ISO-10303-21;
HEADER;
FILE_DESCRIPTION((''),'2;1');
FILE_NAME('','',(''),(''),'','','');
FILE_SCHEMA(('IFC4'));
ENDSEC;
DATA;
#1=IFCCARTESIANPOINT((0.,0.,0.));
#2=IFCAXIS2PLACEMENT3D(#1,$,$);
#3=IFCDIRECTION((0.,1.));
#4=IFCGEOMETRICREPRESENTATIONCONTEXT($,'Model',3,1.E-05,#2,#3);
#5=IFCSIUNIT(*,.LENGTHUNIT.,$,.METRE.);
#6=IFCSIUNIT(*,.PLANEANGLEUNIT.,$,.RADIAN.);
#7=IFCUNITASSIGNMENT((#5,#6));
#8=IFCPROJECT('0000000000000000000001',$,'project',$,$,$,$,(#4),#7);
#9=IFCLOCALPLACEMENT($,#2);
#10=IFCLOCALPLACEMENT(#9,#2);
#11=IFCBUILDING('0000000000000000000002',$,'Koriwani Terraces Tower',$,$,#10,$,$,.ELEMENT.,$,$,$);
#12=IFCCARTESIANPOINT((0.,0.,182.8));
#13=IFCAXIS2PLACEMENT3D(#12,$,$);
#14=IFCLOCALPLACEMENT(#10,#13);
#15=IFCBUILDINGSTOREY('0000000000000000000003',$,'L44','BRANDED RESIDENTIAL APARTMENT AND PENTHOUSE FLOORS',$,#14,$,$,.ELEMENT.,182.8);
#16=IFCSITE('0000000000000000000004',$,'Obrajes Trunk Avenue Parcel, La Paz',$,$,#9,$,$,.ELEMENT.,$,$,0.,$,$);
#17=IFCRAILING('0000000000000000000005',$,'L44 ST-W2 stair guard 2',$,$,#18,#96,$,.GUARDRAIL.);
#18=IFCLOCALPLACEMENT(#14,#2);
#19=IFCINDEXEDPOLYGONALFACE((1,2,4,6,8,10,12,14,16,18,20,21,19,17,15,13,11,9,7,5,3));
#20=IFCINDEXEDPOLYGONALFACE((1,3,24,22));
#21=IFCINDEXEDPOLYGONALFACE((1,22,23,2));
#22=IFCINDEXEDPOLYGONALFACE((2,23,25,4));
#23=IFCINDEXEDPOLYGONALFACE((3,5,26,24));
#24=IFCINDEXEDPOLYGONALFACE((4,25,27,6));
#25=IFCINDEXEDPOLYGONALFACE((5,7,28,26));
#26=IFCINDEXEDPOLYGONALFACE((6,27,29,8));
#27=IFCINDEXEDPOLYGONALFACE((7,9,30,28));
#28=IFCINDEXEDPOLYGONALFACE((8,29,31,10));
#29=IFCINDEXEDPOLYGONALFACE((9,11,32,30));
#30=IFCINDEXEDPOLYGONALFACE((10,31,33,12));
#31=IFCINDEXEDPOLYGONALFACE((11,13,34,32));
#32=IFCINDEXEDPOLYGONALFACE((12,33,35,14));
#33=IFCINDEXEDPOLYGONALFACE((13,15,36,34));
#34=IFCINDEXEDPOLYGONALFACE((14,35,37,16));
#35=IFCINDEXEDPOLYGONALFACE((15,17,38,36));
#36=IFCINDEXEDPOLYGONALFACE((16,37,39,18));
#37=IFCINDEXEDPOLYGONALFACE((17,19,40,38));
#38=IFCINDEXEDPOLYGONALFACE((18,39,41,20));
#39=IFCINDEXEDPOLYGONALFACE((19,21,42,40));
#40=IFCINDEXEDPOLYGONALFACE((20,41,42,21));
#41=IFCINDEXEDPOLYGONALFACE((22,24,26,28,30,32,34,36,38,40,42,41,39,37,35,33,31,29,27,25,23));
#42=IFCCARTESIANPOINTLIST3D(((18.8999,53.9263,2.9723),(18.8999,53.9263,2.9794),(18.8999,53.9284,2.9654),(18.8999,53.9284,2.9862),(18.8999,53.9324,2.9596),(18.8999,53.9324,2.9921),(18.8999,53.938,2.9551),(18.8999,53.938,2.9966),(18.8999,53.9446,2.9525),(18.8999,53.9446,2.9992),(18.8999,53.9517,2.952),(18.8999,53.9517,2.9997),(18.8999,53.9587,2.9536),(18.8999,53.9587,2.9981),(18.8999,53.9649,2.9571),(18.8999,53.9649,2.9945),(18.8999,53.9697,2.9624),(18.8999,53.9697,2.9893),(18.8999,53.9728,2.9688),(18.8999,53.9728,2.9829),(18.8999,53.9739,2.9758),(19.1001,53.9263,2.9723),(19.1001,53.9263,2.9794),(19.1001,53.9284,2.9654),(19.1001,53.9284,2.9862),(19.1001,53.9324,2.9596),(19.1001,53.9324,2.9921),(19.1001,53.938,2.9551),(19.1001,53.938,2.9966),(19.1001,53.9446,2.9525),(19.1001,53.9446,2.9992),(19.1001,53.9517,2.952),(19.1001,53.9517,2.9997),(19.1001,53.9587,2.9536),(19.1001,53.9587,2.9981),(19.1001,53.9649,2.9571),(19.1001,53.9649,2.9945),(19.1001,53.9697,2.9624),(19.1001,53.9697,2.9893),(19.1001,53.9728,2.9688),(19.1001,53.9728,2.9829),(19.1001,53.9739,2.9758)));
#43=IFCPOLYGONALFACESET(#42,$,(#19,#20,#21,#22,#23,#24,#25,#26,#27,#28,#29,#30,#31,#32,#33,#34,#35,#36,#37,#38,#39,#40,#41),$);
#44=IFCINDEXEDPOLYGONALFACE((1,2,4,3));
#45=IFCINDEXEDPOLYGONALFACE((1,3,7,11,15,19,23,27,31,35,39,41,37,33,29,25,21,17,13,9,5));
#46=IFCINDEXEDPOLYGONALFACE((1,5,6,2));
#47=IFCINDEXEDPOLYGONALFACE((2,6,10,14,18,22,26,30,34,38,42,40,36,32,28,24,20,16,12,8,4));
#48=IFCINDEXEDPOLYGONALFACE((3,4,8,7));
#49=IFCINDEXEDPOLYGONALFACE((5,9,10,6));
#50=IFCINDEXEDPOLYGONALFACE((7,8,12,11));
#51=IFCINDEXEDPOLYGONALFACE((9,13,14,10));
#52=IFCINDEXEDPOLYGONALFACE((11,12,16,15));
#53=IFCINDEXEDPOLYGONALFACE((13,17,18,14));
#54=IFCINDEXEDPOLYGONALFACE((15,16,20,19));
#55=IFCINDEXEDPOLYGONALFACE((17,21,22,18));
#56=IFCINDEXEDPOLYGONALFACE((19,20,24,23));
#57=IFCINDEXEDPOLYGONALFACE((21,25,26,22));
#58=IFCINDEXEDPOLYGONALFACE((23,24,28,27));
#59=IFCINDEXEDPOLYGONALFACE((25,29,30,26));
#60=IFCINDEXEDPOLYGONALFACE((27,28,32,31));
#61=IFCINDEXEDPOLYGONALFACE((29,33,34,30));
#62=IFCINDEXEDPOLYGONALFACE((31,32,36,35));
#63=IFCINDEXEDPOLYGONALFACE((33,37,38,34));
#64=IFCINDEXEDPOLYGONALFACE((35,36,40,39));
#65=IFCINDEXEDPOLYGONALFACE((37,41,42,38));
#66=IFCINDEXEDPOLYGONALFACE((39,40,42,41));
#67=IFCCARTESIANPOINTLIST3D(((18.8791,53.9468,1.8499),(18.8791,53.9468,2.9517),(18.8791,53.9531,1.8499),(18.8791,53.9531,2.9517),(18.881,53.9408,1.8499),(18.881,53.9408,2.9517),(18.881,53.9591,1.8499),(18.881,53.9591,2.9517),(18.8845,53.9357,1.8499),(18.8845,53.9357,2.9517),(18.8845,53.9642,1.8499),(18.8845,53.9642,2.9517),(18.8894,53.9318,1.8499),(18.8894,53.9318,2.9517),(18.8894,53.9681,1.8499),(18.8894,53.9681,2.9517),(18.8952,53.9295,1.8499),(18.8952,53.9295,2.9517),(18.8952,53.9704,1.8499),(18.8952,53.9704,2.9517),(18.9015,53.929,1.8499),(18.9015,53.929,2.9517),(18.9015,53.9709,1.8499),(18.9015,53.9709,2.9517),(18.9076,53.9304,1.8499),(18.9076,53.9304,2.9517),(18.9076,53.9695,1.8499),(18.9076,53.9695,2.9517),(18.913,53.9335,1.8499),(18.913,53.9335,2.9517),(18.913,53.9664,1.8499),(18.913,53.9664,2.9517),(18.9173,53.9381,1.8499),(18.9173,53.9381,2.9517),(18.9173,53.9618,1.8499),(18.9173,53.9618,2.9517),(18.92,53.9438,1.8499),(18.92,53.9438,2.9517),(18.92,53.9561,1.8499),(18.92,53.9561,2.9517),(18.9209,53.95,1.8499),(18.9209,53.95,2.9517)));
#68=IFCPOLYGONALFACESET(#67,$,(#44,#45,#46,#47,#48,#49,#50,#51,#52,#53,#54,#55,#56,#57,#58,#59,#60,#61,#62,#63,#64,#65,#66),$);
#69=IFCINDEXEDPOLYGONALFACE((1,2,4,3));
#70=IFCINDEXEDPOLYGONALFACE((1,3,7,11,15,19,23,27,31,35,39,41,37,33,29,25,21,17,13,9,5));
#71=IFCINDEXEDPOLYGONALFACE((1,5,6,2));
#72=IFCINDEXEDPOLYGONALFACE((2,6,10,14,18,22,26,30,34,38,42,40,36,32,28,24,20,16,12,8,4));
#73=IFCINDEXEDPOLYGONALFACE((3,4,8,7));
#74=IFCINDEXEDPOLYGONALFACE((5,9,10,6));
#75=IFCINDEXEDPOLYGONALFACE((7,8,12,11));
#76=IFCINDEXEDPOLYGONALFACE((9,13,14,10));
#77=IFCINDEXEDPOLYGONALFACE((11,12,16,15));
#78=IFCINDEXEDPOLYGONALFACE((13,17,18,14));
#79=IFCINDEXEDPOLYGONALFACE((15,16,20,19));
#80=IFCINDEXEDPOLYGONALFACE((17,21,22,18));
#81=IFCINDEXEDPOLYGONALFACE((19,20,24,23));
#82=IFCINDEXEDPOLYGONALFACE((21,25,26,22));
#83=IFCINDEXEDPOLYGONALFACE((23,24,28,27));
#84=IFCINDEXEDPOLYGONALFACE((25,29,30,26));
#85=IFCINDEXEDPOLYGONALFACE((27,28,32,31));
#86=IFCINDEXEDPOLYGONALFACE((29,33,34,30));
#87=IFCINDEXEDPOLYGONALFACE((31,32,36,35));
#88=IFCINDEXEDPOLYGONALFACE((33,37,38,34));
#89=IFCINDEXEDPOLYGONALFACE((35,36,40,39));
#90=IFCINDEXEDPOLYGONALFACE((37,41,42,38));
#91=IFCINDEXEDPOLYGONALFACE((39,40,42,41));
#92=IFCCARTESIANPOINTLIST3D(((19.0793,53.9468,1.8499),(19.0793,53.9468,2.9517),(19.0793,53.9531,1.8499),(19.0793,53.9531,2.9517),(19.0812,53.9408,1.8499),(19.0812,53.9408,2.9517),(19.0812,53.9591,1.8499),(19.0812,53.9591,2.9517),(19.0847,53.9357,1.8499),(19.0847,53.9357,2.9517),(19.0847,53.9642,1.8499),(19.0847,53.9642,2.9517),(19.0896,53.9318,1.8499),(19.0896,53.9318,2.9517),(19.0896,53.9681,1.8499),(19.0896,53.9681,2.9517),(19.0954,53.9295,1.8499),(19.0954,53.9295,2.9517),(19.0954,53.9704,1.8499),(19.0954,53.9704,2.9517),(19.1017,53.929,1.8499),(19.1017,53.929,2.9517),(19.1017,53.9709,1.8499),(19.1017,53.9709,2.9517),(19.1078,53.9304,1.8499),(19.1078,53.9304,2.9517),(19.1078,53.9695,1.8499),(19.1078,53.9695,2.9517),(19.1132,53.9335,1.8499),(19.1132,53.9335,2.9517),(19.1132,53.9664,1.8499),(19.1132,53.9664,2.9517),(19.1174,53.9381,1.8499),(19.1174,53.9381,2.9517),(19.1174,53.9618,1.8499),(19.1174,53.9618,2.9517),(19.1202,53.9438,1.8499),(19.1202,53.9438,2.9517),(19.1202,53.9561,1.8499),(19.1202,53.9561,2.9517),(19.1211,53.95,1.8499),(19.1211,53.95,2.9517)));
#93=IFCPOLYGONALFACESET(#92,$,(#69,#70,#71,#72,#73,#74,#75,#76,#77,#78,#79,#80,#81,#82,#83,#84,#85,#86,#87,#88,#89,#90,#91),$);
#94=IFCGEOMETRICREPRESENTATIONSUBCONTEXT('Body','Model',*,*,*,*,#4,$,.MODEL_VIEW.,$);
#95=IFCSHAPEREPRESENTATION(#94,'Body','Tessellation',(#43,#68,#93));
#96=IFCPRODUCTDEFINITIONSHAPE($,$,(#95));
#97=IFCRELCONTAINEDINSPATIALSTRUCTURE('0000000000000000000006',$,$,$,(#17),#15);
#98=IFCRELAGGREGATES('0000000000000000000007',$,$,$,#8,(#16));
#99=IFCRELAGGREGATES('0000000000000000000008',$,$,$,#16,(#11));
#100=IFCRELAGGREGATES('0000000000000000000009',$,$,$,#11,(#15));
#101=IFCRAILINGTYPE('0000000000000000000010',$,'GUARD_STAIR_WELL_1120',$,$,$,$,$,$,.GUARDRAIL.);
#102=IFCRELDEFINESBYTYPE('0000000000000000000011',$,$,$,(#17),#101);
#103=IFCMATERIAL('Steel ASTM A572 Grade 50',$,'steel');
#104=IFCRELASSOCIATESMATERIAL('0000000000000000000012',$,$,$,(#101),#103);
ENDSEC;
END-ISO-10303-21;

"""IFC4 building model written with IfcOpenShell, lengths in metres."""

from ifc_helpers import new_model, si_unit, direction, frame, origin, origin_2d, place, context, subcontext, project, spatial, circle, extrude, material, type_object, element, save


model = new_model("IFC4")

# Units and contexts
model_context = context("Model", 3, precision=1e-05, world=origin(), true_north=direction((0.0, 1.0)))
body_context = subcontext(model_context, "Body", "Model", "MODEL_VIEW")
ifc_project = project(units=[si_unit("LENGTHUNIT", "METRE"), si_unit("PLANEANGLEUNIT", "RADIAN")], contexts=[model_context])

# Site, building, storey
site_placement = place(None, origin())
site = spatial("IfcSite", under=ifc_project, at=site_placement, Name="Obrajes Trunk Avenue Parcel, La Paz", CompositionType="ELEMENT", RefElevation=0.0)
building_placement = place(site_placement, origin())
building = spatial("IfcBuilding", under=site, at=building_placement, Name="Koriwani Terraces Tower", CompositionType="ELEMENT")
storey_placement = place(building_placement, frame((0.0, 0.0, 182.8)))
storey = spatial("IfcBuildingStorey", under=building, at=storey_placement, Name="L44", Description="BRANDED RESIDENTIAL APARTMENT AND PENTHOUSE FLOORS", CompositionType="ELEMENT", Elevation=182.8)

# Shared definitions
ifc_material_1 = material(Name="Steel ASTM A572 Grade 50", Category="steel")

# Railing
railing_type_1 = type_object("IfcRailingType", Name="GUARD_STAIR_WELL_1120", PredefinedType="GUARDRAIL", material=ifc_material_1)
railing_1_placement = place(storey_placement, frame((18.8999, 53.95, 1.8499)))
element("IfcRailing", 1, at=railing_1_placement, inside=storey, type_object=railing_type_1, Name="L44 ST-W2 stair guard 2", PredefinedType="GUARDRAIL", context=body_context, shape_type="SweptSolid", body=[
    extrude(circle(Radius=0.0239, at=origin_2d()), frame((0.0, 0.0, 1.126), z_axis=(1.0, 0.0, 0.0), x_axis=(0.0, 1.0, 0.0)), (0.0, 0.0, 1.0), 0.2002),
    extrude(circle(Radius=0.021, at=origin_2d()), origin(), (0.0, 0.0, 1.0), 1.1018),
    extrude(circle(Radius=0.021, at=origin_2d()), frame((0.2002, 0.0, 0.0)), (0.0, 0.0, 1.0), 1.1018),
])

save(model, "model.ifc")
